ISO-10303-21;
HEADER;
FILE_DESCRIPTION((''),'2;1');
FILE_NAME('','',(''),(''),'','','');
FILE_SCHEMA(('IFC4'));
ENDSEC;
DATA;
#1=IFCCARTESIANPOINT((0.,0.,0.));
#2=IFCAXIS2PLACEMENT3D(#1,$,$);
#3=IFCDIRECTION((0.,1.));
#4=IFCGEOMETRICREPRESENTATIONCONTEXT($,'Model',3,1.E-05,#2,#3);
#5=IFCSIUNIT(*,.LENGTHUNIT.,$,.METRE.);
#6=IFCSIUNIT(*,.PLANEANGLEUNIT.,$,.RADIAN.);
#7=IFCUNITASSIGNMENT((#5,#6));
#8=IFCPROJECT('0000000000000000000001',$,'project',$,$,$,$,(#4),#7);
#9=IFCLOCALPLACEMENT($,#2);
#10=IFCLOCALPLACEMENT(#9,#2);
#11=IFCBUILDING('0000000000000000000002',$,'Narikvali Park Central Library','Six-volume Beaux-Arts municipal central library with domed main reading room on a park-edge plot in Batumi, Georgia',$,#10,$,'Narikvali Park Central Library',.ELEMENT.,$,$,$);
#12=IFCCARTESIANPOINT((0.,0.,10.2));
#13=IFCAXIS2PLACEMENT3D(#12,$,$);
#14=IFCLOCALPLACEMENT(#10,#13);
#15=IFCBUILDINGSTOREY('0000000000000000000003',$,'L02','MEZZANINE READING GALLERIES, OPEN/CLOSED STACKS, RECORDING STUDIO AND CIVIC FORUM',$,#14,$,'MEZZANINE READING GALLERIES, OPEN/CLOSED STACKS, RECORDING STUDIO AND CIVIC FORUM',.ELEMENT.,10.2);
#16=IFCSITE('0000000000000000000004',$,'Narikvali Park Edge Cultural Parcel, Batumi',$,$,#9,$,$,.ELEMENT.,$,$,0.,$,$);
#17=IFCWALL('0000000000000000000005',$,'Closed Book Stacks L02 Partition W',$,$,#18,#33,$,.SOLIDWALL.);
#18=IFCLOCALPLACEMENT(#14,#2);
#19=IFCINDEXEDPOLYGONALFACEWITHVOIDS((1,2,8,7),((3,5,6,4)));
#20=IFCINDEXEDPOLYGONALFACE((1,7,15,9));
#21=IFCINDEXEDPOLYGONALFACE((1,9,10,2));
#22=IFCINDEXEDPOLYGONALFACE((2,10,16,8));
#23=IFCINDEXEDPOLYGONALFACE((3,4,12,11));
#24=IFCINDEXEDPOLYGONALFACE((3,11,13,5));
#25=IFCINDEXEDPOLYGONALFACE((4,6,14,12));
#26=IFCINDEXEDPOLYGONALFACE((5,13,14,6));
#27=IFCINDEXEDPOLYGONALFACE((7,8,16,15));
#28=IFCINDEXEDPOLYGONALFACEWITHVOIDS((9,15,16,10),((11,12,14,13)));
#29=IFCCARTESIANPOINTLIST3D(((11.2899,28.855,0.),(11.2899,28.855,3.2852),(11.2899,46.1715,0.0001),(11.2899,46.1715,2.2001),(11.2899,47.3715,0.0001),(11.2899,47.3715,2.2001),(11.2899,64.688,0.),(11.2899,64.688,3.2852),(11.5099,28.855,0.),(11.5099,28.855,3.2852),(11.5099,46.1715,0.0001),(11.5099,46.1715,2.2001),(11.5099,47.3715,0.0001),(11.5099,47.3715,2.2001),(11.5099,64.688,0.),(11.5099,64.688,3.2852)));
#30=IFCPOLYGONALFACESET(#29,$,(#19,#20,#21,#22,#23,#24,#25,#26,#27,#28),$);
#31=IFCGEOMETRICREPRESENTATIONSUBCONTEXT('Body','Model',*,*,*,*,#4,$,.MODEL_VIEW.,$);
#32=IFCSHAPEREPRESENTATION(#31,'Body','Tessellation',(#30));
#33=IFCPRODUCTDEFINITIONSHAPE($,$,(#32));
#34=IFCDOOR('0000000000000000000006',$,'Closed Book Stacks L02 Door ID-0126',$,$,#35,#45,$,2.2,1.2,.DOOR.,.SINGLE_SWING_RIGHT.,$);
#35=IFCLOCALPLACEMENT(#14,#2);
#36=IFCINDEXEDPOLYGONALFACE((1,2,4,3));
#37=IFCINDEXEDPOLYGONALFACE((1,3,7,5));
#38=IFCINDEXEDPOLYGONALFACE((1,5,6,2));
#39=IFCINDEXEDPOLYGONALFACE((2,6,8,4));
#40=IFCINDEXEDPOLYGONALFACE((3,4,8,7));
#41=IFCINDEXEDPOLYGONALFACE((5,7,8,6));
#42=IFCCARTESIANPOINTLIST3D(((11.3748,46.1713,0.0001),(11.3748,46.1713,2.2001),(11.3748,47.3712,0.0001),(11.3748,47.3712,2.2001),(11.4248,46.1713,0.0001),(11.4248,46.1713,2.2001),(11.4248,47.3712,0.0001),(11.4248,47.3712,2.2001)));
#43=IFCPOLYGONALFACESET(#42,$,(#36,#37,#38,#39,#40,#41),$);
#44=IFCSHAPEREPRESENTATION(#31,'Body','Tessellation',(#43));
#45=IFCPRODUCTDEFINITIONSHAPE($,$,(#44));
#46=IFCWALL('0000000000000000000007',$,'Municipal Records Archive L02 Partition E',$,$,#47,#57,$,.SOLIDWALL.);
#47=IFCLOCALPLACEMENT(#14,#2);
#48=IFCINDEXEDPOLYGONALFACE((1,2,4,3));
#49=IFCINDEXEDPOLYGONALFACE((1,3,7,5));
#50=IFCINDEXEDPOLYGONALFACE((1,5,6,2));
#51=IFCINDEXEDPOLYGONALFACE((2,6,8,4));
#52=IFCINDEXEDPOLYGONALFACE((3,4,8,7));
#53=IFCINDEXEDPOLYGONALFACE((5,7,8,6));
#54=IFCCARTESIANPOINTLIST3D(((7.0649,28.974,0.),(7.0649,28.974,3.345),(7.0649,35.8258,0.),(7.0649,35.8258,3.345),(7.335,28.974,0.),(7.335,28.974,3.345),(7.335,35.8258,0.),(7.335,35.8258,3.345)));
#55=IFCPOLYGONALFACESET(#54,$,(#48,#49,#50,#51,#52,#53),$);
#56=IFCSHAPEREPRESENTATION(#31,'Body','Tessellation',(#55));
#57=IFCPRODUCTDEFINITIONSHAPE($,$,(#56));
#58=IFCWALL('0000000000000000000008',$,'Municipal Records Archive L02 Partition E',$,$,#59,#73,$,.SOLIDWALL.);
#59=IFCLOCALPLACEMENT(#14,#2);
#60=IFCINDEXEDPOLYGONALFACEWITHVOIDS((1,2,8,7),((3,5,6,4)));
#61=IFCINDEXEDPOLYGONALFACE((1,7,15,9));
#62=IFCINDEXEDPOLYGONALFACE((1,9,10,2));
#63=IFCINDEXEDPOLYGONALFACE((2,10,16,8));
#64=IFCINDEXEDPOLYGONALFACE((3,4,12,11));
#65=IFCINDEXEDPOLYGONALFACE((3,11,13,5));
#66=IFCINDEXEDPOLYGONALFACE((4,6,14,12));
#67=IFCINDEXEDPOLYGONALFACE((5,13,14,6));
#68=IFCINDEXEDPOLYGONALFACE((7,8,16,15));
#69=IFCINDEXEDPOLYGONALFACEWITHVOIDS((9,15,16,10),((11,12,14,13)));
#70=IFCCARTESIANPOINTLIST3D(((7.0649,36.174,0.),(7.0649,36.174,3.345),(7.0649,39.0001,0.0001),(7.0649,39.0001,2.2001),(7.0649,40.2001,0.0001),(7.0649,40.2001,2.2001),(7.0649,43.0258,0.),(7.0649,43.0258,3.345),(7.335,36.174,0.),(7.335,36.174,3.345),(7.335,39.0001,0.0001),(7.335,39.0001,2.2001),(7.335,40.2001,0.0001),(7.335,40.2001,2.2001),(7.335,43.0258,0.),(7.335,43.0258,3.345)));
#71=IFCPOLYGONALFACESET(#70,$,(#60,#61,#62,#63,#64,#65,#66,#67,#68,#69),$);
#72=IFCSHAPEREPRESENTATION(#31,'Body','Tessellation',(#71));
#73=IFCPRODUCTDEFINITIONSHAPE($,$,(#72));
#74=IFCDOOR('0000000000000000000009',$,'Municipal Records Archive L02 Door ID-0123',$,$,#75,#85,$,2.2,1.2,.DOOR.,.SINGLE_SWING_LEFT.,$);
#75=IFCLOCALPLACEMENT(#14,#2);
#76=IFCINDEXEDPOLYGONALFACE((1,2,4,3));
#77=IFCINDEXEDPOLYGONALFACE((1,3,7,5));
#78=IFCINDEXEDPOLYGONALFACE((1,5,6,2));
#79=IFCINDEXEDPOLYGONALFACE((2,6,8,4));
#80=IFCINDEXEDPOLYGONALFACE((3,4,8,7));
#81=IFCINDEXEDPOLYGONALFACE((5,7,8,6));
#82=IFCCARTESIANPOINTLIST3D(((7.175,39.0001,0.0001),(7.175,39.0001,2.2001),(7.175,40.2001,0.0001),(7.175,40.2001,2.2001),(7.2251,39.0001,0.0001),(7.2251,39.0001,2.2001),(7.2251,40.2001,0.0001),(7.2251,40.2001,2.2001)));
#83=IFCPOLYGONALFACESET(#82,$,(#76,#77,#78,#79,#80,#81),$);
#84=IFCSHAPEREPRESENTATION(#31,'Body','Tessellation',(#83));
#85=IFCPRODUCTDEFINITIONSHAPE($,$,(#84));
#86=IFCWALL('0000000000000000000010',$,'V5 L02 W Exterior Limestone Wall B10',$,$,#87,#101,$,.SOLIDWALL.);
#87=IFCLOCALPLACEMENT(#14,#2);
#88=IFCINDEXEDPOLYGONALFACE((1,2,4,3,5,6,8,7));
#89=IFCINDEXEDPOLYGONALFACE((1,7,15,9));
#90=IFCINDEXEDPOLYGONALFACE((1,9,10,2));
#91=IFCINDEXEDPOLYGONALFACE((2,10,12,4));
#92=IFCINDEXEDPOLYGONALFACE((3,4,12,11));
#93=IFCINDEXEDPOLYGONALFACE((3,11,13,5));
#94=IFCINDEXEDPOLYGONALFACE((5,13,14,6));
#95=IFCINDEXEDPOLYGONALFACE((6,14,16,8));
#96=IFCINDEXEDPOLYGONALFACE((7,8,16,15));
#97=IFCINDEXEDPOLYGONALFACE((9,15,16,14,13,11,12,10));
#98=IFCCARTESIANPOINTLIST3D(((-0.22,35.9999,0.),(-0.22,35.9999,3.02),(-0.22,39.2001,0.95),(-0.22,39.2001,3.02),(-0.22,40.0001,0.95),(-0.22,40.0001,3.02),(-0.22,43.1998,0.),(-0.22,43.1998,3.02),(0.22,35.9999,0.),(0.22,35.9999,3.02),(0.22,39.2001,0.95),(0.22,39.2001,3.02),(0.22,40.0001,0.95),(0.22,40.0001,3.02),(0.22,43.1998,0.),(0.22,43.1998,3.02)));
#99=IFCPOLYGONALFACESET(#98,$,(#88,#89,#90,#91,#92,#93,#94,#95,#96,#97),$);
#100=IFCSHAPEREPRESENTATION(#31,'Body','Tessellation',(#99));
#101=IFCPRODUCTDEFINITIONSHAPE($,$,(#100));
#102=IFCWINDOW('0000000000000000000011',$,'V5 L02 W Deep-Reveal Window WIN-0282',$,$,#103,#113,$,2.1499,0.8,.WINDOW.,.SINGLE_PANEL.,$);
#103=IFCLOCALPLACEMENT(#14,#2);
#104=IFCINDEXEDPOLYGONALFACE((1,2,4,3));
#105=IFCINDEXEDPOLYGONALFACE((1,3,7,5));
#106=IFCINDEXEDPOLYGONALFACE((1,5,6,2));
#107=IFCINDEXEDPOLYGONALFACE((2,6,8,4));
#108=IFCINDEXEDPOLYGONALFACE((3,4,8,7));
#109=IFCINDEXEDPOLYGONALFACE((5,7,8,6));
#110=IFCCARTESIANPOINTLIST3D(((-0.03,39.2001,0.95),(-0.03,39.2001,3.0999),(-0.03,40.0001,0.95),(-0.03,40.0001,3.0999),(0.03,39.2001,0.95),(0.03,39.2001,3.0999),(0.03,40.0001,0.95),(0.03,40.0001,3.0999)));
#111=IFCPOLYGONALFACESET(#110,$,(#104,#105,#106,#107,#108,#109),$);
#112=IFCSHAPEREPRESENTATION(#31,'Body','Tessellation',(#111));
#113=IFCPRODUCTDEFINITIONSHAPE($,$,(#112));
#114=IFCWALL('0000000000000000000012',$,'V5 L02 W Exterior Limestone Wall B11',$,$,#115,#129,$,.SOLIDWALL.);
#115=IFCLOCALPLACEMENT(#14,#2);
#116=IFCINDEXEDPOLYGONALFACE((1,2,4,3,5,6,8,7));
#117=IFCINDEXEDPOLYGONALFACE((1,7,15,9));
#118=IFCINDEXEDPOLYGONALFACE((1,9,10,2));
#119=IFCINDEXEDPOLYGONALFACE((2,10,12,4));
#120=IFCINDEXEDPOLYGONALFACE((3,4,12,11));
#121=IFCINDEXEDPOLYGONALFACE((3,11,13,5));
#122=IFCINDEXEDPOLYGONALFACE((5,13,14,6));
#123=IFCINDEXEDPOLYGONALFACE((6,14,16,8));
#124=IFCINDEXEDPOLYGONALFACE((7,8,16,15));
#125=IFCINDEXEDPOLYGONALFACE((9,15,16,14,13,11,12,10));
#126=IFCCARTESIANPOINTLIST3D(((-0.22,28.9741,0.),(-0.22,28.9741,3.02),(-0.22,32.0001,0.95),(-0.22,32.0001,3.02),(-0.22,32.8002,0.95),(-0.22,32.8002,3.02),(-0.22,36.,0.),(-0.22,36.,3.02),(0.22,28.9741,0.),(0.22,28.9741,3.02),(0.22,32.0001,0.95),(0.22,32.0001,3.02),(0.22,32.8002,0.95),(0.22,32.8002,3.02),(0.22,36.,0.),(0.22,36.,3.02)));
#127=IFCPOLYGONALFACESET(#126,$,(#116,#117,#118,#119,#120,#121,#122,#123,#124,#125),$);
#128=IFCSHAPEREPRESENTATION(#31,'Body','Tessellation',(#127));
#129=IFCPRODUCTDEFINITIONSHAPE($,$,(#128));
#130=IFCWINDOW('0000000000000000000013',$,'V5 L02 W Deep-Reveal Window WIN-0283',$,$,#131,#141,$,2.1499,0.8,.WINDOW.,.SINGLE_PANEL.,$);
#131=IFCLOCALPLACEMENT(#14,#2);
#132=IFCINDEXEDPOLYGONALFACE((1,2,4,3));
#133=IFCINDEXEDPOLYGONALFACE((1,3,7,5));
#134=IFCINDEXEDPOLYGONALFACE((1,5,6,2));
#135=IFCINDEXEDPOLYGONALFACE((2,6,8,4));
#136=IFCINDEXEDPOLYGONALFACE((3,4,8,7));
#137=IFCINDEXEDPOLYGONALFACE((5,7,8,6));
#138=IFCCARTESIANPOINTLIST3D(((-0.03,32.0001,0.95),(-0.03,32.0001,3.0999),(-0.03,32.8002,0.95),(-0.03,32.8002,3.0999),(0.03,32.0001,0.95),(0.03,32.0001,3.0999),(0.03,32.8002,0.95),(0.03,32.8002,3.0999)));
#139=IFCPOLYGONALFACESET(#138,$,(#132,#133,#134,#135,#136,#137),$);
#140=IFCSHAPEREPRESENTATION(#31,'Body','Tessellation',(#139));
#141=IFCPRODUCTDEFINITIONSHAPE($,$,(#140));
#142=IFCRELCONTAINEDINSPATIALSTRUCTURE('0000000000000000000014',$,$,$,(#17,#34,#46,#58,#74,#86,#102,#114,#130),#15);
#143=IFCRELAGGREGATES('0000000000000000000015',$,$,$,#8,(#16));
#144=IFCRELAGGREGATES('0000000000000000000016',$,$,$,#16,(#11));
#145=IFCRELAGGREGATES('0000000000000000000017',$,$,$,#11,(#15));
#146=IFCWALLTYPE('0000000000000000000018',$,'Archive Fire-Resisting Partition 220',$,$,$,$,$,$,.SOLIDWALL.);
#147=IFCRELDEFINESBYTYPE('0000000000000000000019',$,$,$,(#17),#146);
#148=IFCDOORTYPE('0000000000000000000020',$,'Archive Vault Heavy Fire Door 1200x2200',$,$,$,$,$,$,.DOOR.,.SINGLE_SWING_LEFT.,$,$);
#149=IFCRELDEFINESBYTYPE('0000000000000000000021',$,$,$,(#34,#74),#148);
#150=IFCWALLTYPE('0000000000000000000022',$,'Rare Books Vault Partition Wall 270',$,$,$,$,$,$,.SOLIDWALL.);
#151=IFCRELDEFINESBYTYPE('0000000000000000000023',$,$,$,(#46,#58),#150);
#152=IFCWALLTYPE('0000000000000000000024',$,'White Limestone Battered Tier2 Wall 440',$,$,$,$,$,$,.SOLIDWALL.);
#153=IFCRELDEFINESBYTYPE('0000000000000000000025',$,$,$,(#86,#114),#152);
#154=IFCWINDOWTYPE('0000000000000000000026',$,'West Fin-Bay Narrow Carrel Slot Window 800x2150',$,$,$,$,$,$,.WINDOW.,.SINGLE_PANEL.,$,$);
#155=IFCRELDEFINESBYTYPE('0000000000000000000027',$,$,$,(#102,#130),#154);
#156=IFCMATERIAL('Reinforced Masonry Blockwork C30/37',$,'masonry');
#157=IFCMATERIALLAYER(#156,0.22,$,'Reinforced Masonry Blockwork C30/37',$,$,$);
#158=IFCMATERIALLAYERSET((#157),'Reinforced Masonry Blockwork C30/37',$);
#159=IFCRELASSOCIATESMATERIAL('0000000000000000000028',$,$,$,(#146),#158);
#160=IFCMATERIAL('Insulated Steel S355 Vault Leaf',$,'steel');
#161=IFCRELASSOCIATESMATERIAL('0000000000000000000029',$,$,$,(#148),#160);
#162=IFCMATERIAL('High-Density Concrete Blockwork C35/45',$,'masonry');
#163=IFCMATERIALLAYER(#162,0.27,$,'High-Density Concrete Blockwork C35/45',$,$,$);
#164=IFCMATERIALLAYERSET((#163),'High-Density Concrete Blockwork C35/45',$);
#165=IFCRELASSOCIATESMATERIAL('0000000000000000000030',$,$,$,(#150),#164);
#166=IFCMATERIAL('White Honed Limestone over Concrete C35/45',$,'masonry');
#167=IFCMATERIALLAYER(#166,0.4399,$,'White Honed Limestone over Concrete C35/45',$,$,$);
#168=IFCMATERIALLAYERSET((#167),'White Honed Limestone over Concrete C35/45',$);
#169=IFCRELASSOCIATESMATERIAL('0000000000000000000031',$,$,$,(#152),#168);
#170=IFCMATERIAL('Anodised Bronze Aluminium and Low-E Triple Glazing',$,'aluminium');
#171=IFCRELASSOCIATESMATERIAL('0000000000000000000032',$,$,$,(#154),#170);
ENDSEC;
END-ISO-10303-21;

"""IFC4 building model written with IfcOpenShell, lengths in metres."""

from ifc_helpers import new_model, si_unit, direction, frame, frame_2d, origin, place, context, subcontext, project, spatial, rectangle, extrude, material, layer, layer_set, type_object, element, fill, save


model = new_model("IFC4")

# Units and contexts
model_context = context("Model", 3, precision=1e-05, world=origin(), true_north=direction((0.0, 1.0)))
body_context = subcontext(model_context, "Body", "Model", "MODEL_VIEW")
ifc_project = project(units=[si_unit("LENGTHUNIT", "METRE"), si_unit("PLANEANGLEUNIT", "RADIAN")], contexts=[model_context])

# Site, building, storey
site_placement = place(None, origin())
site = spatial("IfcSite", under=ifc_project, at=site_placement, Name="Narikvali Park Edge Cultural Parcel, Batumi", CompositionType="ELEMENT", RefElevation=0.0)
building_placement = place(site_placement, origin())
building = spatial("IfcBuilding", under=site, at=building_placement, Name="Narikvali Park Central Library", Description="Six-volume Beaux-Arts municipal central library with domed main reading room on a park-edge plot in Batumi, Georgia", LongName="Narikvali Park Central Library", CompositionType="ELEMENT")
storey_placement = place(building_placement, frame((0.0, 0.0, 10.2)))
storey = spatial("IfcBuildingStorey", under=building, at=storey_placement, Name="L02", Description="MEZZANINE READING GALLERIES, OPEN/CLOSED STACKS, RECORDING STUDIO AND CIVIC FORUM", LongName="MEZZANINE READING GALLERIES, OPEN/CLOSED STACKS, RECORDING STUDIO AND CIVIC FORUM", CompositionType="ELEMENT", Elevation=10.2)

# Wall, opening, door
ifc_material_1 = material(Name="Reinforced Masonry Blockwork C30/37", Category="masonry")
ifc_layer_1 = layer(ifc_material_1, 0.22, Name="Reinforced Masonry Blockwork C30/37")
ifc_layer_set_1 = layer_set([ifc_layer_1], Name="Reinforced Masonry Blockwork C30/37")
wall_type_1 = type_object("IfcWallType", Name="Archive Fire-Resisting Partition 220", PredefinedType="SOLIDWALL", material=ifc_layer_set_1)
wall_1_placement = place(storey_placement, frame((11.3999, 28.855, 0.0), z_axis=(0.0, 0.0, 1.0), x_axis=(0.0, 1.0, 0.0)))
wall_1 = element("IfcWall", 1, at=wall_1_placement, inside=storey, type_object=wall_type_1, Name="Closed Book Stacks L02 Partition W", PredefinedType="SOLIDWALL", context=body_context, shape_type="SweptSolid", body=[
    extrude(rectangle(XDim=35.833, YDim=0.22, at=frame_2d((17.9165, 0.0))), origin(), (0.0, 0.0, 1.0), 3.2852),
])
opening_1_placement = place(wall_1_placement, frame((17.3164, 0.0, 0.0)))
opening_1 = element("IfcOpeningElement", 2, at=opening_1_placement, cuts=wall_1, PredefinedType="OPENING", context=body_context, shape_type="SweptSolid", body=[
    extrude(rectangle(XDim=1.2, YDim=2.2, at=frame_2d((0.6001, 1.1001))), frame((0.0, 0.1221, 0.0), z_axis=(0.0, -1.0, 0.0), x_axis=(1.0, 0.0, 0.0)), (0.0, 0.0, 1.0), 0.2439),
])
ifc_material_2 = material(Name="Insulated Steel S355 Vault Leaf", Category="steel")
door_type = type_object("IfcDoorType", Name="Archive Vault Heavy Fire Door 1200x2200", OperationType="SINGLE_SWING_LEFT", PredefinedType="DOOR", material=ifc_material_2)
door_1_placement = place(opening_1_placement, frame((1.2, 0.0, 0.0), z_axis=(0.0, 0.0, 1.0), x_axis=(-1.0, 0.0, 0.0)))
door_1 = element("IfcDoor", 3, at=door_1_placement, inside=storey, type_object=door_type, Name="Closed Book Stacks L02 Door ID-0126", OperationType="SINGLE_SWING_RIGHT", OverallHeight=2.2, OverallWidth=1.2, PredefinedType="DOOR", context=body_context, shape_type="SweptSolid", body=[
    extrude(rectangle(XDim=1.2, YDim=2.2, at=frame_2d((0.6001, 1.1001))), frame((0.0, 0.0249, 0.0), z_axis=(0.0, -1.0, 0.0), x_axis=(1.0, 0.0, 0.0)), (0.0, 0.0, 1.0), 0.05),
])
fill(opening_1, door_1)

# Wall
ifc_material_3 = material(Name="High-Density Concrete Blockwork C35/45", Category="masonry")
ifc_layer_2 = layer(ifc_material_3, 0.27, Name="High-Density Concrete Blockwork C35/45")
ifc_layer_set_2 = layer_set([ifc_layer_2], Name="High-Density Concrete Blockwork C35/45")
wall_type_2 = type_object("IfcWallType", Name="Rare Books Vault Partition Wall 270", PredefinedType="SOLIDWALL", material=ifc_layer_set_2)
wall_2_placement = place(storey_placement, frame((7.2, 28.9741, 0.0), z_axis=(0.0, 0.0, 1.0), x_axis=(0.0, 1.0, 0.0)))
element("IfcWall", 4, at=wall_2_placement, inside=storey, type_object=wall_type_2, Name="Municipal Records Archive L02 Partition E", PredefinedType="SOLIDWALL", context=body_context, shape_type="SweptSolid", body=[
    extrude(rectangle(XDim=6.8518, YDim=0.27, at=frame_2d((3.4258, 0.0))), origin(), (0.0, 0.0, 1.0), 3.345),
])

# Wall, opening, door
wall_3_placement = place(storey_placement, frame((7.2, 36.1741, 0.0), z_axis=(0.0, 0.0, 1.0), x_axis=(0.0, 1.0, 0.0)))
wall_3 = element("IfcWall", 5, at=wall_3_placement, inside=storey, type_object=wall_type_2, Name="Municipal Records Archive L02 Partition E", PredefinedType="SOLIDWALL", context=body_context, shape_type="SweptSolid", body=[
    extrude(rectangle(XDim=6.8518, YDim=0.27, at=frame_2d((3.4258, 0.0))), origin(), (0.0, 0.0, 1.0), 3.345),
])
opening_2_placement = place(wall_3_placement, frame((2.8259, 0.0, 0.0)))
opening_2 = element("IfcOpeningElement", 6, at=opening_2_placement, cuts=wall_3, PredefinedType="OPENING", context=body_context, shape_type="SweptSolid", body=[
    extrude(rectangle(XDim=1.2, YDim=2.2, at=frame_2d((0.6001, 1.1001))), frame((0.0, 0.147, 0.0), z_axis=(0.0, -1.0, 0.0), x_axis=(1.0, 0.0, 0.0)), (0.0, 0.0, 1.0), 0.2939),
])
door_2_placement = place(opening_2_placement, origin())
door_2 = element("IfcDoor", 7, at=door_2_placement, inside=storey, type_object=door_type, Name="Municipal Records Archive L02 Door ID-0123", OperationType="SINGLE_SWING_LEFT", OverallHeight=2.2, OverallWidth=1.2, PredefinedType="DOOR", context=body_context, shape_type="SweptSolid", body=[
    extrude(rectangle(XDim=1.2, YDim=2.2, at=frame_2d((0.6001, 1.1001))), frame((0.0, 0.0249, 0.0), z_axis=(0.0, -1.0, 0.0), x_axis=(1.0, 0.0, 0.0)), (0.0, 0.0, 1.0), 0.05),
])
fill(opening_2, door_2)

# Walls, openings, windows
ifc_material_4 = material(Name="White Honed Limestone over Concrete C35/45", Category="masonry")
ifc_layer_3 = layer(ifc_material_4, 0.4399, Name="White Honed Limestone over Concrete C35/45")
ifc_layer_set_3 = layer_set([ifc_layer_3], Name="White Honed Limestone over Concrete C35/45")
wall_type_3 = type_object("IfcWallType", Name="White Limestone Battered Tier2 Wall 440", PredefinedType="SOLIDWALL", material=ifc_layer_set_3)
wall_4_placement = place(storey_placement, frame((0.0, 43.2, 0.0), z_axis=(0.0, 0.0, 1.0), x_axis=(0.0, -1.0, 0.0)))
wall_4 = element("IfcWall", 8, at=wall_4_placement, inside=storey, type_object=wall_type_3, Name="V5 L02 W Exterior Limestone Wall B10", PredefinedType="SOLIDWALL", context=body_context, shape_type="SweptSolid", body=[
    extrude(rectangle(XDim=7.2, YDim=0.4399, at=frame_2d((3.6001, 0.0))), origin(), (0.0, 0.0, 1.0), 3.02),
])
opening_3_placement = place(wall_4_placement, frame((3.2, 0.0, 0.95)))
opening_3 = element("IfcOpeningElement", 9, at=opening_3_placement, cuts=wall_4, PredefinedType="OPENING", context=body_context, shape_type="SweptSolid", body=[
    extrude(rectangle(XDim=0.8, YDim=2.1499, at=frame_2d((0.3999, 1.075))), frame((0.0, 0.2319, 0.0), z_axis=(0.0, -1.0, 0.0), x_axis=(1.0, 0.0, 0.0)), (0.0, 0.0, 1.0), 0.4639),
])
ifc_material_5 = material(Name="Anodised Bronze Aluminium and Low-E Triple Glazing", Category="aluminium")
window_type = type_object("IfcWindowType", Name="West Fin-Bay Narrow Carrel Slot Window 800x2150", PartitioningType="SINGLE_PANEL", PredefinedType="WINDOW", material=ifc_material_5)
window_1_placement = place(opening_3_placement, origin())
window_1 = element("IfcWindow", 10, at=window_1_placement, inside=storey, type_object=window_type, Name="V5 L02 W Deep-Reveal Window WIN-0282", OverallHeight=2.1499, OverallWidth=0.8, PartitioningType="SINGLE_PANEL", PredefinedType="WINDOW", context=body_context, shape_type="SweptSolid", body=[
    extrude(rectangle(XDim=0.8, YDim=2.1499, at=frame_2d((0.3999, 1.075))), frame((0.0, 0.03, 0.0), z_axis=(0.0, -1.0, 0.0), x_axis=(1.0, 0.0, 0.0)), (0.0, 0.0, 1.0), 0.0601),
])
fill(opening_3, window_1)
wall_5_placement = place(storey_placement, frame((0.0, 36.0, 0.0), z_axis=(0.0, 0.0, 1.0), x_axis=(0.0, -1.0, 0.0)))
wall_5 = element("IfcWall", 11, at=wall_5_placement, inside=storey, type_object=wall_type_3, Name="V5 L02 W Exterior Limestone Wall B11", PredefinedType="SOLIDWALL", context=body_context, shape_type="SweptSolid", body=[
    extrude(rectangle(XDim=7.0259, YDim=0.4399, at=frame_2d((3.5129, 0.0))), origin(), (0.0, 0.0, 1.0), 3.02),
])
opening_4_placement = place(wall_5_placement, frame((3.2, 0.0, 0.95)))
opening_4 = element("IfcOpeningElement", 12, at=opening_4_placement, cuts=wall_5, PredefinedType="OPENING", context=body_context, shape_type="SweptSolid", body=[
    extrude(rectangle(XDim=0.8, YDim=2.1499, at=frame_2d((0.3999, 1.075))), frame((0.0, 0.2319, 0.0), z_axis=(0.0, -1.0, 0.0), x_axis=(1.0, 0.0, 0.0)), (0.0, 0.0, 1.0), 0.4639),
])
window_2_placement = place(opening_4_placement, origin())
window_2 = element("IfcWindow", 13, at=window_2_placement, inside=storey, type_object=window_type, Name="V5 L02 W Deep-Reveal Window WIN-0283", OverallHeight=2.1499, OverallWidth=0.8, PartitioningType="SINGLE_PANEL", PredefinedType="WINDOW", context=body_context, shape_type="SweptSolid", body=[
    extrude(rectangle(XDim=0.8, YDim=2.1499, at=frame_2d((0.3999, 1.075))), frame((0.0, 0.03, 0.0), z_axis=(0.0, -1.0, 0.0), x_axis=(1.0, 0.0, 0.0)), (0.0, 0.0, 1.0), 0.0601),
])
fill(opening_4, window_2)

save(model, "model.ifc")
